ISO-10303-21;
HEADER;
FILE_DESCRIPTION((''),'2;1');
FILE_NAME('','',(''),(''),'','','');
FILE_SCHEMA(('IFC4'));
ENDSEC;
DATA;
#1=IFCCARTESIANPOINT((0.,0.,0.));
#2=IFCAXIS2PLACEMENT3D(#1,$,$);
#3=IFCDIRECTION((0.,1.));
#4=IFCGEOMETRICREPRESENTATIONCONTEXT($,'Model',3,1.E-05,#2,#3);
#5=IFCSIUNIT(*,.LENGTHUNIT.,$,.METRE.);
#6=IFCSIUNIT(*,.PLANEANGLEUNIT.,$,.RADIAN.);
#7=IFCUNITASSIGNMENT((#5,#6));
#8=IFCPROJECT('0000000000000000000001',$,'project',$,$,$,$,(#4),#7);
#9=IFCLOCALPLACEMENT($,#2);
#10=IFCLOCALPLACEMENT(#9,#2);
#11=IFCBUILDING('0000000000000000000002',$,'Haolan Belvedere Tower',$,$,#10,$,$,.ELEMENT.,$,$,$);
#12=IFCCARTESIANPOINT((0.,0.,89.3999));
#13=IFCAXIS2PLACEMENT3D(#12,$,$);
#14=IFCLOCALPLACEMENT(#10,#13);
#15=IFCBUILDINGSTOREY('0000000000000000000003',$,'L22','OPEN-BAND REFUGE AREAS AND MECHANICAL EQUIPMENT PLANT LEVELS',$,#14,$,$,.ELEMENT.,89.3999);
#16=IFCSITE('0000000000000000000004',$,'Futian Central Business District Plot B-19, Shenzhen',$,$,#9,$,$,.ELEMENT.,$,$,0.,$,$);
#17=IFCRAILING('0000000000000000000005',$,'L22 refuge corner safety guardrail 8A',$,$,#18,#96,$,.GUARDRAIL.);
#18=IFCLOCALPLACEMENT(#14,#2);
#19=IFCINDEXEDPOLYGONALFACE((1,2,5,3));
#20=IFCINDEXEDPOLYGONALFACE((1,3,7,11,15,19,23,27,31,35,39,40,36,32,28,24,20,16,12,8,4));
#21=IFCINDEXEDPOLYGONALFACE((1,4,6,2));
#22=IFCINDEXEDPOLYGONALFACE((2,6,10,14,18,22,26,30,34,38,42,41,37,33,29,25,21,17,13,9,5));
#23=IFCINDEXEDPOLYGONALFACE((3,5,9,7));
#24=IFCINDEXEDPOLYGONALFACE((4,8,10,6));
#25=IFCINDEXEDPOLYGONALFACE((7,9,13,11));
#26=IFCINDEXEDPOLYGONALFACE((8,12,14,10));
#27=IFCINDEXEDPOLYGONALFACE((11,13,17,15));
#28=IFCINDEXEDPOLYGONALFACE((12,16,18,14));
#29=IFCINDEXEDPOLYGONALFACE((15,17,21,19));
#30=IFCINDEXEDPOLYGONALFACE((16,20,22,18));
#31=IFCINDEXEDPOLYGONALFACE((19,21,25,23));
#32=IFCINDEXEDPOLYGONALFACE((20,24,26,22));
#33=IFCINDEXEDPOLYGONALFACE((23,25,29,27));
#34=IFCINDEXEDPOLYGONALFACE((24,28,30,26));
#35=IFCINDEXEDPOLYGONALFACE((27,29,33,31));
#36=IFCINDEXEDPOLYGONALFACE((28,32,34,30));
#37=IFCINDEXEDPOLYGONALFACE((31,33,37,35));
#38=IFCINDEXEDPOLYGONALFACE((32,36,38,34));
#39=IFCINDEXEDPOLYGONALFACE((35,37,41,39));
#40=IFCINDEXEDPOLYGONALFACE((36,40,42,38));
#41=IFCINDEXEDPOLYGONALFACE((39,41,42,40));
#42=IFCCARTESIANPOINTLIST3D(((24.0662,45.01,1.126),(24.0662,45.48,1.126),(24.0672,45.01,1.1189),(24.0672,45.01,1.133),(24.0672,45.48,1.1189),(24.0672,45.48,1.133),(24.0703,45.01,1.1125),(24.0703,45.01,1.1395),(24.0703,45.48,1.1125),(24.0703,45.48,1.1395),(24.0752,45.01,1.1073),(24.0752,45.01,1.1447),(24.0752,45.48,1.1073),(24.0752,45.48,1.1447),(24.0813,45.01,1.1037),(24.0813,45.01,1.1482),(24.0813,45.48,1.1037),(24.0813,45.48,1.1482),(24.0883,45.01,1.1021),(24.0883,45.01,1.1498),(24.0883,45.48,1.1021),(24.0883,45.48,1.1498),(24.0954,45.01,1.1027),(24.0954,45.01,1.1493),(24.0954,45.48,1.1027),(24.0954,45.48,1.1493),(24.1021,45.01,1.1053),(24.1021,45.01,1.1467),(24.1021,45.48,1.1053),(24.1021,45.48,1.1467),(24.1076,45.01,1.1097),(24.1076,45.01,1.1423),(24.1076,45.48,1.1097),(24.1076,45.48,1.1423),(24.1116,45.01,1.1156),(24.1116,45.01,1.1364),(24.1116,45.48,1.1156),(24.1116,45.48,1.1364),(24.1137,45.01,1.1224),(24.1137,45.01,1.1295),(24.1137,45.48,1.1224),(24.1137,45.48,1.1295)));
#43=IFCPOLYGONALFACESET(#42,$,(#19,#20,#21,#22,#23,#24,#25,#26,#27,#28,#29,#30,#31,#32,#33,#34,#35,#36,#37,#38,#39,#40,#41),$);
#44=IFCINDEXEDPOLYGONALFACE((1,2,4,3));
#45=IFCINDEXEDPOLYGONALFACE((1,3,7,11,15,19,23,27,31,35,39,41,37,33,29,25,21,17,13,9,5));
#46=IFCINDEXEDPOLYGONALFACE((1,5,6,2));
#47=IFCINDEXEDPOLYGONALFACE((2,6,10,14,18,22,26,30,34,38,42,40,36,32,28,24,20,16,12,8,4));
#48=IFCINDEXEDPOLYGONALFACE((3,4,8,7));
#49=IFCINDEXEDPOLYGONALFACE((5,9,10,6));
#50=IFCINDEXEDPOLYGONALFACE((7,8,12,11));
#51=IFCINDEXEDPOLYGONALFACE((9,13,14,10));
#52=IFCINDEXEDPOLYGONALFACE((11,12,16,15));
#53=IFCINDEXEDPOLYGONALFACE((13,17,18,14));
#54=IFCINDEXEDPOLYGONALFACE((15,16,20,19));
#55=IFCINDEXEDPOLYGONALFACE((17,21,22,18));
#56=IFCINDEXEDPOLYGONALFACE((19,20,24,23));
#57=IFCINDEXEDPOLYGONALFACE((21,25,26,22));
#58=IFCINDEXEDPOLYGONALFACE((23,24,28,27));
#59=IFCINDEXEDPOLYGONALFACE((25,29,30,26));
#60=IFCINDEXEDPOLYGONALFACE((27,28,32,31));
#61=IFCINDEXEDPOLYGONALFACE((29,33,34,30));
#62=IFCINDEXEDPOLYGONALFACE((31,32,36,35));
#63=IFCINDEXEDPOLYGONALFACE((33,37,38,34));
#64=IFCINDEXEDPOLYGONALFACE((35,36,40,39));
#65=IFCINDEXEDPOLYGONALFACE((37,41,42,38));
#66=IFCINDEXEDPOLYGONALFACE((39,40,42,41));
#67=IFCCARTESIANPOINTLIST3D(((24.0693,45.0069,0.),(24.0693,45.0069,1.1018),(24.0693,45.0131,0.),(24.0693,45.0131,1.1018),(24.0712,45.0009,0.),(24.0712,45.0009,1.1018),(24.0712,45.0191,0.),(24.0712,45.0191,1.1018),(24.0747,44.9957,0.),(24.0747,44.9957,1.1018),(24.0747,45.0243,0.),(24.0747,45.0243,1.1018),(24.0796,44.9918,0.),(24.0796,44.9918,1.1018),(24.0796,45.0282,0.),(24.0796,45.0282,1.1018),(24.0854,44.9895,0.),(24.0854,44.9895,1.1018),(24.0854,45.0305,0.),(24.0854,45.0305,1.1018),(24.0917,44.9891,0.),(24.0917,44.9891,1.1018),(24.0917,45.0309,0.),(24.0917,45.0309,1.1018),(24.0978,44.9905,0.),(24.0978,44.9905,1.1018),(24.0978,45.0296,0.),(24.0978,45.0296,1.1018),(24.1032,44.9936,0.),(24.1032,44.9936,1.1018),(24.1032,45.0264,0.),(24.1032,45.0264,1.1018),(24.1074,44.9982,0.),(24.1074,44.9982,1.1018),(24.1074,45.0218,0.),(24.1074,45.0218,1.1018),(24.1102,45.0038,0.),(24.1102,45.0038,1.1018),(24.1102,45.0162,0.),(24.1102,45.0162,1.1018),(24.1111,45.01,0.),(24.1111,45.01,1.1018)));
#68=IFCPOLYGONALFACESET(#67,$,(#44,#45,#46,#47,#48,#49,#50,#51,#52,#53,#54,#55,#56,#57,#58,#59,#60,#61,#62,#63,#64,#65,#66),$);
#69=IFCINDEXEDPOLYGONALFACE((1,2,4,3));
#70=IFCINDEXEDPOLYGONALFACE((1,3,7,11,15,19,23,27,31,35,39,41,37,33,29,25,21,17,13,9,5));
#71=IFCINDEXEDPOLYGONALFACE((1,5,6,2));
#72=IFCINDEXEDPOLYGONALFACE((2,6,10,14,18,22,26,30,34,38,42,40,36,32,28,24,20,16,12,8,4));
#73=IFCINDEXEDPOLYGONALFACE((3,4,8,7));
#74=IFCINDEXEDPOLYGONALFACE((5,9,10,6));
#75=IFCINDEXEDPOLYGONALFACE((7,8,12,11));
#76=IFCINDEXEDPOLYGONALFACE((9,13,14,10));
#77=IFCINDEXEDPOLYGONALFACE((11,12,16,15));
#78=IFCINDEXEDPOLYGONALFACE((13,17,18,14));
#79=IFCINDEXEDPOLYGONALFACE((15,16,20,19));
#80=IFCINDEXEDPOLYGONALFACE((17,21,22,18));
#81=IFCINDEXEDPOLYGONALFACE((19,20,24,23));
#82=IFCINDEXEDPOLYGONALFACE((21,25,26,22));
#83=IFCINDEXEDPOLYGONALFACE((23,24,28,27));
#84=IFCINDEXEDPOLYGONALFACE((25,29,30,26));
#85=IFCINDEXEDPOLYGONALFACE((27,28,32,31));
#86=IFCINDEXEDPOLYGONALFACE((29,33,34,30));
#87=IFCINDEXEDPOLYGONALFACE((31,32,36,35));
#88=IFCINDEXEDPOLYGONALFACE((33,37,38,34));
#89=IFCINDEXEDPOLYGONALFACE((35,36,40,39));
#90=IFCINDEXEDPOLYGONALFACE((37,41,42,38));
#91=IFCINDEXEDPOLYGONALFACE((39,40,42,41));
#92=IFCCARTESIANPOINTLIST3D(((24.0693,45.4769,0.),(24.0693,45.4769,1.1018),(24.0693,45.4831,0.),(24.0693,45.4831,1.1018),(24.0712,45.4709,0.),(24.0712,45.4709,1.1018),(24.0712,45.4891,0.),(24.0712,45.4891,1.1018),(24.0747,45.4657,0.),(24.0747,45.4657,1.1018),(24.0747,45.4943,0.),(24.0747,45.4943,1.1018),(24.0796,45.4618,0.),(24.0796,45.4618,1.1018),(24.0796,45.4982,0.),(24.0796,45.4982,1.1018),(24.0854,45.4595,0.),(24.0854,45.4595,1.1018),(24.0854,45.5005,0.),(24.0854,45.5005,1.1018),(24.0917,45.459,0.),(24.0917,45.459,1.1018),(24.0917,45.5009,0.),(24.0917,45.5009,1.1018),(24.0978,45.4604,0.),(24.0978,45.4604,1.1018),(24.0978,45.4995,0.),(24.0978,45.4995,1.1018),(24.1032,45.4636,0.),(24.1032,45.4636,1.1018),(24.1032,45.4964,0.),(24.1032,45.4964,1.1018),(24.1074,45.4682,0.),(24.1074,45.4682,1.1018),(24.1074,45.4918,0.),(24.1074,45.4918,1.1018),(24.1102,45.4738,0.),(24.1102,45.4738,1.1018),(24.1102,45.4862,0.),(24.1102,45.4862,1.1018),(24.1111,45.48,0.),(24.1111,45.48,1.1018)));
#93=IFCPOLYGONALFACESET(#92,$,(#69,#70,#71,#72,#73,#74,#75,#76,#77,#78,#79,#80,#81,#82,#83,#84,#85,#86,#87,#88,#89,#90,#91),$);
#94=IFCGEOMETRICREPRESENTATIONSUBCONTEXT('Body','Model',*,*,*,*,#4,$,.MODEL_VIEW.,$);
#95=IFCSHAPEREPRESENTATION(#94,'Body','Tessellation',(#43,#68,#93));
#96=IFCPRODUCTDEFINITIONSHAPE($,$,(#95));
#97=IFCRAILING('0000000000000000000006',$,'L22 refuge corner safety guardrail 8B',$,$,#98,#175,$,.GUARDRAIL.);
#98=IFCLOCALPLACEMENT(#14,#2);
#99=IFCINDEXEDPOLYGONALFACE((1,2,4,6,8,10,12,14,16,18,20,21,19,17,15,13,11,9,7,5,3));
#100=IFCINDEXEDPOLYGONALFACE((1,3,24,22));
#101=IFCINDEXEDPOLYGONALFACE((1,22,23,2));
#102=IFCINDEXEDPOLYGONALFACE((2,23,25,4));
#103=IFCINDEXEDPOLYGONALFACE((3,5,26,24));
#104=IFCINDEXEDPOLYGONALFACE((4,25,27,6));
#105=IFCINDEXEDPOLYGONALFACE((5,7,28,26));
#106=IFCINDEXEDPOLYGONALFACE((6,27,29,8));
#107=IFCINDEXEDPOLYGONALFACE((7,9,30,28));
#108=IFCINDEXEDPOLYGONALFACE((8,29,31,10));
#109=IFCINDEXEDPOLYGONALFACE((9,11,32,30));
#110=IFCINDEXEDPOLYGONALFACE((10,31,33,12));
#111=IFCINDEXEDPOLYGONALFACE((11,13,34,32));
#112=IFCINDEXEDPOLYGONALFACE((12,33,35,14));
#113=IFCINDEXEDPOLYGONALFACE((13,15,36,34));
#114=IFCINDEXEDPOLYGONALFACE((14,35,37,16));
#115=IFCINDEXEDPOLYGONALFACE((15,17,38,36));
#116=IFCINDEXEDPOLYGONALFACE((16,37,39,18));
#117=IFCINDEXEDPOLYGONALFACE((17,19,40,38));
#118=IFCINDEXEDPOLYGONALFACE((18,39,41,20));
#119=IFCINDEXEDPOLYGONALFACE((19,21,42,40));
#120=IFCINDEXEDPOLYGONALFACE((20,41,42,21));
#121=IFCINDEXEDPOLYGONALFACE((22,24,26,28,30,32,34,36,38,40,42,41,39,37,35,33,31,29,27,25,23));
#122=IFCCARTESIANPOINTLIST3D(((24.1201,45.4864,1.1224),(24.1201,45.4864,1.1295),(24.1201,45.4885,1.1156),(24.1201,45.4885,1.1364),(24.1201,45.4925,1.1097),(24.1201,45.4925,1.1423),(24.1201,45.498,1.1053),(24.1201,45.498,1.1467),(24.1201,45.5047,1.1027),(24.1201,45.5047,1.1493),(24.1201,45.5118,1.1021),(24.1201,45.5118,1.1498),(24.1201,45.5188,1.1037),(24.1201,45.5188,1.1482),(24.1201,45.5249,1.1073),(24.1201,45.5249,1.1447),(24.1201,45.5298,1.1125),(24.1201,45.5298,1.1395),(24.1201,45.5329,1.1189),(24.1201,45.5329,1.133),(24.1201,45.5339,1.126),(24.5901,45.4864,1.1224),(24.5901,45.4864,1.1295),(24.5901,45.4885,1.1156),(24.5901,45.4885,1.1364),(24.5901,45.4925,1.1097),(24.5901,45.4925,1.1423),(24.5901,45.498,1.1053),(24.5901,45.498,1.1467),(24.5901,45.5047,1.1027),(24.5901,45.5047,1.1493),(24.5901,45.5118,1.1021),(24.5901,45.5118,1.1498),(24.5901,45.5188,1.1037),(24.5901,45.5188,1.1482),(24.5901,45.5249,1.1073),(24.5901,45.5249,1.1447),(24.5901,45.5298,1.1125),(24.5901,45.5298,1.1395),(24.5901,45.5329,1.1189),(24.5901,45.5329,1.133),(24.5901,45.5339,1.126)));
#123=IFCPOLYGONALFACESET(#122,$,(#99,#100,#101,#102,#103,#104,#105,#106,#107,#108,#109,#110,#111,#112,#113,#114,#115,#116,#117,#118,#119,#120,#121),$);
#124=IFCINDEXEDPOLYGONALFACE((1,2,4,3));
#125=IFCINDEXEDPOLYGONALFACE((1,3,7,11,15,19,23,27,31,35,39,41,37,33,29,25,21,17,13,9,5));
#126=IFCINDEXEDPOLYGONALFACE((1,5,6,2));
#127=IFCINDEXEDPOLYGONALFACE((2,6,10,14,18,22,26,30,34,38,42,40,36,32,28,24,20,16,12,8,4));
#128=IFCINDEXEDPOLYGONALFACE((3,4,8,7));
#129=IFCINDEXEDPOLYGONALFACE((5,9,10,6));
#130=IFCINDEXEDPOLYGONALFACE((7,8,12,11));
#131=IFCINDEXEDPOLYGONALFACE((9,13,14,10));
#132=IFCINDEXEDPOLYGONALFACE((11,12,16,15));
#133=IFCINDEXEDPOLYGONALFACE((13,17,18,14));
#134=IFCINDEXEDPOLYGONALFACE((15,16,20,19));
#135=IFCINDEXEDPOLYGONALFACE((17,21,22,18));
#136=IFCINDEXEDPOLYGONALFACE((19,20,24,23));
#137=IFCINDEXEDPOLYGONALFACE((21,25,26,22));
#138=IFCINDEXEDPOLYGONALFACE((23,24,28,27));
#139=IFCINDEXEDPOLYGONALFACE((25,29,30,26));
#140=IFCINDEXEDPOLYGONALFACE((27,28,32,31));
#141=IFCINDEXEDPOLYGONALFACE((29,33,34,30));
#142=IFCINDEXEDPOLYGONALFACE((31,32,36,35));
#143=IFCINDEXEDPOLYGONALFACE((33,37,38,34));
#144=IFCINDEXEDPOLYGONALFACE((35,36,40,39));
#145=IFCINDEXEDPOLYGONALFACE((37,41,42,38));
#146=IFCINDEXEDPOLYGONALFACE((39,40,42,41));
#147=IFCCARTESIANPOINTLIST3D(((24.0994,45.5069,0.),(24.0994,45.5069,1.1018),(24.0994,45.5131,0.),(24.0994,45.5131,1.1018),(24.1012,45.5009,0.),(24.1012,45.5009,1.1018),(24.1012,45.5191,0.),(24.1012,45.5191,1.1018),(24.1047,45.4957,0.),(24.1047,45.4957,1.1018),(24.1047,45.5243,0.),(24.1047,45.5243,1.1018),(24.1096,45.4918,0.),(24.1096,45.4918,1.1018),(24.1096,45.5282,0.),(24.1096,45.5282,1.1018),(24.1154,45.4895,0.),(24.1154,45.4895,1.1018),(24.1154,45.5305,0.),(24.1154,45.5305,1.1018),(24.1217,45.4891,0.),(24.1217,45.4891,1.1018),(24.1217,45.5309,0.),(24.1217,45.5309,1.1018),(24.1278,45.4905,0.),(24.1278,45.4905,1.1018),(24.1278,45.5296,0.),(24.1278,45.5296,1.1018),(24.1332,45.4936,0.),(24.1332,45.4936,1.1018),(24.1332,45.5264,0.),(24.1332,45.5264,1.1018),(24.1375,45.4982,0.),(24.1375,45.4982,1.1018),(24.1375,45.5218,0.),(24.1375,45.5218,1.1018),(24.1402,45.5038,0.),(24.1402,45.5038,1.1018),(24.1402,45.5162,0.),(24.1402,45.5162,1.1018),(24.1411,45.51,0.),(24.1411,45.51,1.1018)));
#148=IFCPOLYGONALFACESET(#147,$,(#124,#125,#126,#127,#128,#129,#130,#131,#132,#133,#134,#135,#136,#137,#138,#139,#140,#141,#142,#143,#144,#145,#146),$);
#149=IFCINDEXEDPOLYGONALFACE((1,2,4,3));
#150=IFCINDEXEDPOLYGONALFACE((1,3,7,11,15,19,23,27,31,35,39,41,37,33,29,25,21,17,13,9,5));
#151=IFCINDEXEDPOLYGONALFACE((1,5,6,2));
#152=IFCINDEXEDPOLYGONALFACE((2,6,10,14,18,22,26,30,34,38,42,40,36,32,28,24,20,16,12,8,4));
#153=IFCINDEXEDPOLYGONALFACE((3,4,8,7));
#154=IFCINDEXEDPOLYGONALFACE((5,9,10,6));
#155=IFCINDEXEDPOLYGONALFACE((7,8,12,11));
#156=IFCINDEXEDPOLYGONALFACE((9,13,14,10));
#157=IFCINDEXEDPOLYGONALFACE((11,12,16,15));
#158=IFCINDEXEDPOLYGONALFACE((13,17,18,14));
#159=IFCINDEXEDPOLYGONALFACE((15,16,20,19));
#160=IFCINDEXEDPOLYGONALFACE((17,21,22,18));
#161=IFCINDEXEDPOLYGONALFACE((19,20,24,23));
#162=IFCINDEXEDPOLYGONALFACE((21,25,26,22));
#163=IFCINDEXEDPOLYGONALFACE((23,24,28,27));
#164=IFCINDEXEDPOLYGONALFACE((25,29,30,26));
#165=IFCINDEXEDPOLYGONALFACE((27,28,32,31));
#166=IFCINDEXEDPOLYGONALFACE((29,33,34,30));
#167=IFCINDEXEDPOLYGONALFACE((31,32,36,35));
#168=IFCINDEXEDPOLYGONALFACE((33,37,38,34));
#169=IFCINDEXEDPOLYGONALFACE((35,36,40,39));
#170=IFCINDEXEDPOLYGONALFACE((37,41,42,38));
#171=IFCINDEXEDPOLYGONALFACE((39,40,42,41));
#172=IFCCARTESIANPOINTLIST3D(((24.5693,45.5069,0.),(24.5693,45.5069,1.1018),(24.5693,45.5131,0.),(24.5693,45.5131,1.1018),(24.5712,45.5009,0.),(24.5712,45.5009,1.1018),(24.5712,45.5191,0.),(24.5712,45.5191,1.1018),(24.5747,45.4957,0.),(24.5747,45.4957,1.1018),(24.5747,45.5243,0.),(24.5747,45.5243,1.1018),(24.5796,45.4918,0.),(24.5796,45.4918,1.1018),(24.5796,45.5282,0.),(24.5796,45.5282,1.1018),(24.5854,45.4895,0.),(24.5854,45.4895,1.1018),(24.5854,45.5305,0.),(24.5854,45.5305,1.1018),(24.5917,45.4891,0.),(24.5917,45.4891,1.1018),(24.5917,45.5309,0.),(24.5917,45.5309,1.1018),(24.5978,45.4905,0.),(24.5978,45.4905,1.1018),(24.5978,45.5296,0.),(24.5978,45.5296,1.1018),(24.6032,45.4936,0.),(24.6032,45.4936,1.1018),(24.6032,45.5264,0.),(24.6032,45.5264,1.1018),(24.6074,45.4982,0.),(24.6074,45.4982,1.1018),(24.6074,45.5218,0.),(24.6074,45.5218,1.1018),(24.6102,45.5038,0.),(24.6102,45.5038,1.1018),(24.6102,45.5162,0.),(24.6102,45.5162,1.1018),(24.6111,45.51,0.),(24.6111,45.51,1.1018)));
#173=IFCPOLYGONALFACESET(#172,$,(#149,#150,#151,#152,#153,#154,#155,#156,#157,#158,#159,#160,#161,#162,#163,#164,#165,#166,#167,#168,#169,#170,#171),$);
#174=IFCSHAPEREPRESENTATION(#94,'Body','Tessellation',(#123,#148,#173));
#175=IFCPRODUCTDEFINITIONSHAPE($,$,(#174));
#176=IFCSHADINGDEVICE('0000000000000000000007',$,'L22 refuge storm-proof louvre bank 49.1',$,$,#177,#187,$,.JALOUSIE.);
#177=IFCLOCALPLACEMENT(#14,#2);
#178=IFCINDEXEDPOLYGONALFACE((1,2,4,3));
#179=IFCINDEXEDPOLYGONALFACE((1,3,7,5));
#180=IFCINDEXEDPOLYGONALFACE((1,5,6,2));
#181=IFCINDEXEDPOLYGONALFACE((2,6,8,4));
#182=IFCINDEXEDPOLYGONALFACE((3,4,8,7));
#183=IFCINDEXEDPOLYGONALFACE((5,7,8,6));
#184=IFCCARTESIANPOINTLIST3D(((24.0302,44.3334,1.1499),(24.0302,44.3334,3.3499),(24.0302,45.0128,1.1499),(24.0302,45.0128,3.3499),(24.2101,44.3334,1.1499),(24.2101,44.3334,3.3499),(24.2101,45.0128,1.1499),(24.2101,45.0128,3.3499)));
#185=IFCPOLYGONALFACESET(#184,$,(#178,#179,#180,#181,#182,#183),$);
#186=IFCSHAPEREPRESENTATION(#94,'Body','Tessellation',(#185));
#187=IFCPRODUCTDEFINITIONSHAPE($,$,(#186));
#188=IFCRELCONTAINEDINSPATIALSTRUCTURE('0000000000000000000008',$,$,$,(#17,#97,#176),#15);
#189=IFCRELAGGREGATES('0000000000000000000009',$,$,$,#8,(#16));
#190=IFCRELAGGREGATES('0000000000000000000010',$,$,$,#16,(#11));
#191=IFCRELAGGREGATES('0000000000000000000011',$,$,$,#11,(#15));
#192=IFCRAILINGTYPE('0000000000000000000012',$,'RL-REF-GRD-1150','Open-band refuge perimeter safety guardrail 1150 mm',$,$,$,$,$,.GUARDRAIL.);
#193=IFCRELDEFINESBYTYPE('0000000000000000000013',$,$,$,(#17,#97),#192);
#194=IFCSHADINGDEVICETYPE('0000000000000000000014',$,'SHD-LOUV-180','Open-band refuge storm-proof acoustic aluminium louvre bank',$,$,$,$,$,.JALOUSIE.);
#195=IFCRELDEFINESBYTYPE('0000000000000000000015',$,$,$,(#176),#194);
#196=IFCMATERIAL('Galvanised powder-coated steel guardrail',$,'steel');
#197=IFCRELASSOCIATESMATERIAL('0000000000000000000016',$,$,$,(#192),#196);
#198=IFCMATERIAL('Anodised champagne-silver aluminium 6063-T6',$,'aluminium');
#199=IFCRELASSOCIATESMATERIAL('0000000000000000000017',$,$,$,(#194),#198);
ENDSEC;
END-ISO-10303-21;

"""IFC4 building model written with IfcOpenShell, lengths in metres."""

from ifc_helpers import new_model, si_unit, direction, frame, origin, origin_2d, place, context, subcontext, project, spatial, rectangle, circle, extrude, material, type_object, element, save


model = new_model("IFC4")

# Units and contexts
model_context = context("Model", 3, precision=1e-05, world=origin(), true_north=direction((0.0, 1.0)))
body_context = subcontext(model_context, "Body", "Model", "MODEL_VIEW")
ifc_project = project(units=[si_unit("LENGTHUNIT", "METRE"), si_unit("PLANEANGLEUNIT", "RADIAN")], contexts=[model_context])

# Site, building, storey
site_placement = place(None, origin())
site = spatial("IfcSite", under=ifc_project, at=site_placement, Name="Futian Central Business District Plot B-19, Shenzhen", CompositionType="ELEMENT", RefElevation=0.0)
building_placement = place(site_placement, origin())
building = spatial("IfcBuilding", under=site, at=building_placement, Name="Haolan Belvedere Tower", CompositionType="ELEMENT")
storey_placement = place(building_placement, frame((0.0, 0.0, 89.3999)))
storey = spatial("IfcBuildingStorey", under=building, at=storey_placement, Name="L22", Description="OPEN-BAND REFUGE AREAS AND MECHANICAL EQUIPMENT PLANT LEVELS", CompositionType="ELEMENT", Elevation=89.3999)

# Railings
ifc_material_1 = material(Name="Galvanised powder-coated steel guardrail", Category="steel")
railing_type = type_object("IfcRailingType", Name="RL-REF-GRD-1150", Description="Open-band refuge perimeter safety guardrail 1150 mm", PredefinedType="GUARDRAIL", material=ifc_material_1)
railing_1_placement = place(storey_placement, frame((24.0901, 45.01, 0.0)))
element("IfcRailing", 1, at=railing_1_placement, inside=storey, type_object=railing_type, Name="L22 refuge corner safety guardrail 8A", PredefinedType="GUARDRAIL", context=body_context, shape_type="SweptSolid", body=[
    extrude(circle(Radius=0.0239, at=origin_2d()), frame((0.0, 0.0, 1.126), z_axis=(0.0, 1.0, 0.0), x_axis=(-1.0, 0.0, 0.0)), (0.0, 0.0, 1.0), 0.47),
    extrude(circle(Radius=0.021, at=origin_2d()), origin(), (0.0, 0.0, 1.0), 1.1018),
    extrude(circle(Radius=0.021, at=origin_2d()), frame((0.0, 0.47, 0.0)), (0.0, 0.0, 1.0), 1.1018),
])
railing_2_placement = place(storey_placement, frame((24.1201, 45.51, 0.0)))
element("IfcRailing", 2, at=railing_2_placement, inside=storey, type_object=railing_type, Name="L22 refuge corner safety guardrail 8B", PredefinedType="GUARDRAIL", context=body_context, shape_type="SweptSolid", body=[
    extrude(circle(Radius=0.0239, at=origin_2d()), frame((0.0, 0.0, 1.126), z_axis=(1.0, 0.0, 0.0), x_axis=(0.0, 1.0, 0.0)), (0.0, 0.0, 1.0), 0.47),
    extrude(circle(Radius=0.021, at=origin_2d()), origin(), (0.0, 0.0, 1.0), 1.1018),
    extrude(circle(Radius=0.021, at=origin_2d()), frame((0.47, 0.0, 0.0)), (0.0, 0.0, 1.0), 1.1018),
])

# Shading device
ifc_material_2 = material(Name="Anodised champagne-silver aluminium 6063-T6", Category="aluminium")
shading_device_type = type_object("IfcShadingDeviceType", Name="SHD-LOUV-180", Description="Open-band refuge storm-proof acoustic aluminium louvre bank", PredefinedType="JALOUSIE", material=ifc_material_2)
shading_device_placement = place(storey_placement, frame((24.1201, 44.6731, 1.1499), z_axis=(0.0, 0.0, 1.0), x_axis=(0.0, -1.0, 0.0)))
element("IfcShadingDevice", 3, at=shading_device_placement, inside=storey, type_object=shading_device_type, Name="L22 refuge storm-proof louvre bank 49.1", PredefinedType="JALOUSIE", context=body_context, shape_type="SweptSolid", body=[
    extrude(rectangle(XDim=0.6794, YDim=0.1799, at=origin_2d()), origin(), (0.0, 0.0, 1.0), 2.2),
])

save(model, "model.ifc")
